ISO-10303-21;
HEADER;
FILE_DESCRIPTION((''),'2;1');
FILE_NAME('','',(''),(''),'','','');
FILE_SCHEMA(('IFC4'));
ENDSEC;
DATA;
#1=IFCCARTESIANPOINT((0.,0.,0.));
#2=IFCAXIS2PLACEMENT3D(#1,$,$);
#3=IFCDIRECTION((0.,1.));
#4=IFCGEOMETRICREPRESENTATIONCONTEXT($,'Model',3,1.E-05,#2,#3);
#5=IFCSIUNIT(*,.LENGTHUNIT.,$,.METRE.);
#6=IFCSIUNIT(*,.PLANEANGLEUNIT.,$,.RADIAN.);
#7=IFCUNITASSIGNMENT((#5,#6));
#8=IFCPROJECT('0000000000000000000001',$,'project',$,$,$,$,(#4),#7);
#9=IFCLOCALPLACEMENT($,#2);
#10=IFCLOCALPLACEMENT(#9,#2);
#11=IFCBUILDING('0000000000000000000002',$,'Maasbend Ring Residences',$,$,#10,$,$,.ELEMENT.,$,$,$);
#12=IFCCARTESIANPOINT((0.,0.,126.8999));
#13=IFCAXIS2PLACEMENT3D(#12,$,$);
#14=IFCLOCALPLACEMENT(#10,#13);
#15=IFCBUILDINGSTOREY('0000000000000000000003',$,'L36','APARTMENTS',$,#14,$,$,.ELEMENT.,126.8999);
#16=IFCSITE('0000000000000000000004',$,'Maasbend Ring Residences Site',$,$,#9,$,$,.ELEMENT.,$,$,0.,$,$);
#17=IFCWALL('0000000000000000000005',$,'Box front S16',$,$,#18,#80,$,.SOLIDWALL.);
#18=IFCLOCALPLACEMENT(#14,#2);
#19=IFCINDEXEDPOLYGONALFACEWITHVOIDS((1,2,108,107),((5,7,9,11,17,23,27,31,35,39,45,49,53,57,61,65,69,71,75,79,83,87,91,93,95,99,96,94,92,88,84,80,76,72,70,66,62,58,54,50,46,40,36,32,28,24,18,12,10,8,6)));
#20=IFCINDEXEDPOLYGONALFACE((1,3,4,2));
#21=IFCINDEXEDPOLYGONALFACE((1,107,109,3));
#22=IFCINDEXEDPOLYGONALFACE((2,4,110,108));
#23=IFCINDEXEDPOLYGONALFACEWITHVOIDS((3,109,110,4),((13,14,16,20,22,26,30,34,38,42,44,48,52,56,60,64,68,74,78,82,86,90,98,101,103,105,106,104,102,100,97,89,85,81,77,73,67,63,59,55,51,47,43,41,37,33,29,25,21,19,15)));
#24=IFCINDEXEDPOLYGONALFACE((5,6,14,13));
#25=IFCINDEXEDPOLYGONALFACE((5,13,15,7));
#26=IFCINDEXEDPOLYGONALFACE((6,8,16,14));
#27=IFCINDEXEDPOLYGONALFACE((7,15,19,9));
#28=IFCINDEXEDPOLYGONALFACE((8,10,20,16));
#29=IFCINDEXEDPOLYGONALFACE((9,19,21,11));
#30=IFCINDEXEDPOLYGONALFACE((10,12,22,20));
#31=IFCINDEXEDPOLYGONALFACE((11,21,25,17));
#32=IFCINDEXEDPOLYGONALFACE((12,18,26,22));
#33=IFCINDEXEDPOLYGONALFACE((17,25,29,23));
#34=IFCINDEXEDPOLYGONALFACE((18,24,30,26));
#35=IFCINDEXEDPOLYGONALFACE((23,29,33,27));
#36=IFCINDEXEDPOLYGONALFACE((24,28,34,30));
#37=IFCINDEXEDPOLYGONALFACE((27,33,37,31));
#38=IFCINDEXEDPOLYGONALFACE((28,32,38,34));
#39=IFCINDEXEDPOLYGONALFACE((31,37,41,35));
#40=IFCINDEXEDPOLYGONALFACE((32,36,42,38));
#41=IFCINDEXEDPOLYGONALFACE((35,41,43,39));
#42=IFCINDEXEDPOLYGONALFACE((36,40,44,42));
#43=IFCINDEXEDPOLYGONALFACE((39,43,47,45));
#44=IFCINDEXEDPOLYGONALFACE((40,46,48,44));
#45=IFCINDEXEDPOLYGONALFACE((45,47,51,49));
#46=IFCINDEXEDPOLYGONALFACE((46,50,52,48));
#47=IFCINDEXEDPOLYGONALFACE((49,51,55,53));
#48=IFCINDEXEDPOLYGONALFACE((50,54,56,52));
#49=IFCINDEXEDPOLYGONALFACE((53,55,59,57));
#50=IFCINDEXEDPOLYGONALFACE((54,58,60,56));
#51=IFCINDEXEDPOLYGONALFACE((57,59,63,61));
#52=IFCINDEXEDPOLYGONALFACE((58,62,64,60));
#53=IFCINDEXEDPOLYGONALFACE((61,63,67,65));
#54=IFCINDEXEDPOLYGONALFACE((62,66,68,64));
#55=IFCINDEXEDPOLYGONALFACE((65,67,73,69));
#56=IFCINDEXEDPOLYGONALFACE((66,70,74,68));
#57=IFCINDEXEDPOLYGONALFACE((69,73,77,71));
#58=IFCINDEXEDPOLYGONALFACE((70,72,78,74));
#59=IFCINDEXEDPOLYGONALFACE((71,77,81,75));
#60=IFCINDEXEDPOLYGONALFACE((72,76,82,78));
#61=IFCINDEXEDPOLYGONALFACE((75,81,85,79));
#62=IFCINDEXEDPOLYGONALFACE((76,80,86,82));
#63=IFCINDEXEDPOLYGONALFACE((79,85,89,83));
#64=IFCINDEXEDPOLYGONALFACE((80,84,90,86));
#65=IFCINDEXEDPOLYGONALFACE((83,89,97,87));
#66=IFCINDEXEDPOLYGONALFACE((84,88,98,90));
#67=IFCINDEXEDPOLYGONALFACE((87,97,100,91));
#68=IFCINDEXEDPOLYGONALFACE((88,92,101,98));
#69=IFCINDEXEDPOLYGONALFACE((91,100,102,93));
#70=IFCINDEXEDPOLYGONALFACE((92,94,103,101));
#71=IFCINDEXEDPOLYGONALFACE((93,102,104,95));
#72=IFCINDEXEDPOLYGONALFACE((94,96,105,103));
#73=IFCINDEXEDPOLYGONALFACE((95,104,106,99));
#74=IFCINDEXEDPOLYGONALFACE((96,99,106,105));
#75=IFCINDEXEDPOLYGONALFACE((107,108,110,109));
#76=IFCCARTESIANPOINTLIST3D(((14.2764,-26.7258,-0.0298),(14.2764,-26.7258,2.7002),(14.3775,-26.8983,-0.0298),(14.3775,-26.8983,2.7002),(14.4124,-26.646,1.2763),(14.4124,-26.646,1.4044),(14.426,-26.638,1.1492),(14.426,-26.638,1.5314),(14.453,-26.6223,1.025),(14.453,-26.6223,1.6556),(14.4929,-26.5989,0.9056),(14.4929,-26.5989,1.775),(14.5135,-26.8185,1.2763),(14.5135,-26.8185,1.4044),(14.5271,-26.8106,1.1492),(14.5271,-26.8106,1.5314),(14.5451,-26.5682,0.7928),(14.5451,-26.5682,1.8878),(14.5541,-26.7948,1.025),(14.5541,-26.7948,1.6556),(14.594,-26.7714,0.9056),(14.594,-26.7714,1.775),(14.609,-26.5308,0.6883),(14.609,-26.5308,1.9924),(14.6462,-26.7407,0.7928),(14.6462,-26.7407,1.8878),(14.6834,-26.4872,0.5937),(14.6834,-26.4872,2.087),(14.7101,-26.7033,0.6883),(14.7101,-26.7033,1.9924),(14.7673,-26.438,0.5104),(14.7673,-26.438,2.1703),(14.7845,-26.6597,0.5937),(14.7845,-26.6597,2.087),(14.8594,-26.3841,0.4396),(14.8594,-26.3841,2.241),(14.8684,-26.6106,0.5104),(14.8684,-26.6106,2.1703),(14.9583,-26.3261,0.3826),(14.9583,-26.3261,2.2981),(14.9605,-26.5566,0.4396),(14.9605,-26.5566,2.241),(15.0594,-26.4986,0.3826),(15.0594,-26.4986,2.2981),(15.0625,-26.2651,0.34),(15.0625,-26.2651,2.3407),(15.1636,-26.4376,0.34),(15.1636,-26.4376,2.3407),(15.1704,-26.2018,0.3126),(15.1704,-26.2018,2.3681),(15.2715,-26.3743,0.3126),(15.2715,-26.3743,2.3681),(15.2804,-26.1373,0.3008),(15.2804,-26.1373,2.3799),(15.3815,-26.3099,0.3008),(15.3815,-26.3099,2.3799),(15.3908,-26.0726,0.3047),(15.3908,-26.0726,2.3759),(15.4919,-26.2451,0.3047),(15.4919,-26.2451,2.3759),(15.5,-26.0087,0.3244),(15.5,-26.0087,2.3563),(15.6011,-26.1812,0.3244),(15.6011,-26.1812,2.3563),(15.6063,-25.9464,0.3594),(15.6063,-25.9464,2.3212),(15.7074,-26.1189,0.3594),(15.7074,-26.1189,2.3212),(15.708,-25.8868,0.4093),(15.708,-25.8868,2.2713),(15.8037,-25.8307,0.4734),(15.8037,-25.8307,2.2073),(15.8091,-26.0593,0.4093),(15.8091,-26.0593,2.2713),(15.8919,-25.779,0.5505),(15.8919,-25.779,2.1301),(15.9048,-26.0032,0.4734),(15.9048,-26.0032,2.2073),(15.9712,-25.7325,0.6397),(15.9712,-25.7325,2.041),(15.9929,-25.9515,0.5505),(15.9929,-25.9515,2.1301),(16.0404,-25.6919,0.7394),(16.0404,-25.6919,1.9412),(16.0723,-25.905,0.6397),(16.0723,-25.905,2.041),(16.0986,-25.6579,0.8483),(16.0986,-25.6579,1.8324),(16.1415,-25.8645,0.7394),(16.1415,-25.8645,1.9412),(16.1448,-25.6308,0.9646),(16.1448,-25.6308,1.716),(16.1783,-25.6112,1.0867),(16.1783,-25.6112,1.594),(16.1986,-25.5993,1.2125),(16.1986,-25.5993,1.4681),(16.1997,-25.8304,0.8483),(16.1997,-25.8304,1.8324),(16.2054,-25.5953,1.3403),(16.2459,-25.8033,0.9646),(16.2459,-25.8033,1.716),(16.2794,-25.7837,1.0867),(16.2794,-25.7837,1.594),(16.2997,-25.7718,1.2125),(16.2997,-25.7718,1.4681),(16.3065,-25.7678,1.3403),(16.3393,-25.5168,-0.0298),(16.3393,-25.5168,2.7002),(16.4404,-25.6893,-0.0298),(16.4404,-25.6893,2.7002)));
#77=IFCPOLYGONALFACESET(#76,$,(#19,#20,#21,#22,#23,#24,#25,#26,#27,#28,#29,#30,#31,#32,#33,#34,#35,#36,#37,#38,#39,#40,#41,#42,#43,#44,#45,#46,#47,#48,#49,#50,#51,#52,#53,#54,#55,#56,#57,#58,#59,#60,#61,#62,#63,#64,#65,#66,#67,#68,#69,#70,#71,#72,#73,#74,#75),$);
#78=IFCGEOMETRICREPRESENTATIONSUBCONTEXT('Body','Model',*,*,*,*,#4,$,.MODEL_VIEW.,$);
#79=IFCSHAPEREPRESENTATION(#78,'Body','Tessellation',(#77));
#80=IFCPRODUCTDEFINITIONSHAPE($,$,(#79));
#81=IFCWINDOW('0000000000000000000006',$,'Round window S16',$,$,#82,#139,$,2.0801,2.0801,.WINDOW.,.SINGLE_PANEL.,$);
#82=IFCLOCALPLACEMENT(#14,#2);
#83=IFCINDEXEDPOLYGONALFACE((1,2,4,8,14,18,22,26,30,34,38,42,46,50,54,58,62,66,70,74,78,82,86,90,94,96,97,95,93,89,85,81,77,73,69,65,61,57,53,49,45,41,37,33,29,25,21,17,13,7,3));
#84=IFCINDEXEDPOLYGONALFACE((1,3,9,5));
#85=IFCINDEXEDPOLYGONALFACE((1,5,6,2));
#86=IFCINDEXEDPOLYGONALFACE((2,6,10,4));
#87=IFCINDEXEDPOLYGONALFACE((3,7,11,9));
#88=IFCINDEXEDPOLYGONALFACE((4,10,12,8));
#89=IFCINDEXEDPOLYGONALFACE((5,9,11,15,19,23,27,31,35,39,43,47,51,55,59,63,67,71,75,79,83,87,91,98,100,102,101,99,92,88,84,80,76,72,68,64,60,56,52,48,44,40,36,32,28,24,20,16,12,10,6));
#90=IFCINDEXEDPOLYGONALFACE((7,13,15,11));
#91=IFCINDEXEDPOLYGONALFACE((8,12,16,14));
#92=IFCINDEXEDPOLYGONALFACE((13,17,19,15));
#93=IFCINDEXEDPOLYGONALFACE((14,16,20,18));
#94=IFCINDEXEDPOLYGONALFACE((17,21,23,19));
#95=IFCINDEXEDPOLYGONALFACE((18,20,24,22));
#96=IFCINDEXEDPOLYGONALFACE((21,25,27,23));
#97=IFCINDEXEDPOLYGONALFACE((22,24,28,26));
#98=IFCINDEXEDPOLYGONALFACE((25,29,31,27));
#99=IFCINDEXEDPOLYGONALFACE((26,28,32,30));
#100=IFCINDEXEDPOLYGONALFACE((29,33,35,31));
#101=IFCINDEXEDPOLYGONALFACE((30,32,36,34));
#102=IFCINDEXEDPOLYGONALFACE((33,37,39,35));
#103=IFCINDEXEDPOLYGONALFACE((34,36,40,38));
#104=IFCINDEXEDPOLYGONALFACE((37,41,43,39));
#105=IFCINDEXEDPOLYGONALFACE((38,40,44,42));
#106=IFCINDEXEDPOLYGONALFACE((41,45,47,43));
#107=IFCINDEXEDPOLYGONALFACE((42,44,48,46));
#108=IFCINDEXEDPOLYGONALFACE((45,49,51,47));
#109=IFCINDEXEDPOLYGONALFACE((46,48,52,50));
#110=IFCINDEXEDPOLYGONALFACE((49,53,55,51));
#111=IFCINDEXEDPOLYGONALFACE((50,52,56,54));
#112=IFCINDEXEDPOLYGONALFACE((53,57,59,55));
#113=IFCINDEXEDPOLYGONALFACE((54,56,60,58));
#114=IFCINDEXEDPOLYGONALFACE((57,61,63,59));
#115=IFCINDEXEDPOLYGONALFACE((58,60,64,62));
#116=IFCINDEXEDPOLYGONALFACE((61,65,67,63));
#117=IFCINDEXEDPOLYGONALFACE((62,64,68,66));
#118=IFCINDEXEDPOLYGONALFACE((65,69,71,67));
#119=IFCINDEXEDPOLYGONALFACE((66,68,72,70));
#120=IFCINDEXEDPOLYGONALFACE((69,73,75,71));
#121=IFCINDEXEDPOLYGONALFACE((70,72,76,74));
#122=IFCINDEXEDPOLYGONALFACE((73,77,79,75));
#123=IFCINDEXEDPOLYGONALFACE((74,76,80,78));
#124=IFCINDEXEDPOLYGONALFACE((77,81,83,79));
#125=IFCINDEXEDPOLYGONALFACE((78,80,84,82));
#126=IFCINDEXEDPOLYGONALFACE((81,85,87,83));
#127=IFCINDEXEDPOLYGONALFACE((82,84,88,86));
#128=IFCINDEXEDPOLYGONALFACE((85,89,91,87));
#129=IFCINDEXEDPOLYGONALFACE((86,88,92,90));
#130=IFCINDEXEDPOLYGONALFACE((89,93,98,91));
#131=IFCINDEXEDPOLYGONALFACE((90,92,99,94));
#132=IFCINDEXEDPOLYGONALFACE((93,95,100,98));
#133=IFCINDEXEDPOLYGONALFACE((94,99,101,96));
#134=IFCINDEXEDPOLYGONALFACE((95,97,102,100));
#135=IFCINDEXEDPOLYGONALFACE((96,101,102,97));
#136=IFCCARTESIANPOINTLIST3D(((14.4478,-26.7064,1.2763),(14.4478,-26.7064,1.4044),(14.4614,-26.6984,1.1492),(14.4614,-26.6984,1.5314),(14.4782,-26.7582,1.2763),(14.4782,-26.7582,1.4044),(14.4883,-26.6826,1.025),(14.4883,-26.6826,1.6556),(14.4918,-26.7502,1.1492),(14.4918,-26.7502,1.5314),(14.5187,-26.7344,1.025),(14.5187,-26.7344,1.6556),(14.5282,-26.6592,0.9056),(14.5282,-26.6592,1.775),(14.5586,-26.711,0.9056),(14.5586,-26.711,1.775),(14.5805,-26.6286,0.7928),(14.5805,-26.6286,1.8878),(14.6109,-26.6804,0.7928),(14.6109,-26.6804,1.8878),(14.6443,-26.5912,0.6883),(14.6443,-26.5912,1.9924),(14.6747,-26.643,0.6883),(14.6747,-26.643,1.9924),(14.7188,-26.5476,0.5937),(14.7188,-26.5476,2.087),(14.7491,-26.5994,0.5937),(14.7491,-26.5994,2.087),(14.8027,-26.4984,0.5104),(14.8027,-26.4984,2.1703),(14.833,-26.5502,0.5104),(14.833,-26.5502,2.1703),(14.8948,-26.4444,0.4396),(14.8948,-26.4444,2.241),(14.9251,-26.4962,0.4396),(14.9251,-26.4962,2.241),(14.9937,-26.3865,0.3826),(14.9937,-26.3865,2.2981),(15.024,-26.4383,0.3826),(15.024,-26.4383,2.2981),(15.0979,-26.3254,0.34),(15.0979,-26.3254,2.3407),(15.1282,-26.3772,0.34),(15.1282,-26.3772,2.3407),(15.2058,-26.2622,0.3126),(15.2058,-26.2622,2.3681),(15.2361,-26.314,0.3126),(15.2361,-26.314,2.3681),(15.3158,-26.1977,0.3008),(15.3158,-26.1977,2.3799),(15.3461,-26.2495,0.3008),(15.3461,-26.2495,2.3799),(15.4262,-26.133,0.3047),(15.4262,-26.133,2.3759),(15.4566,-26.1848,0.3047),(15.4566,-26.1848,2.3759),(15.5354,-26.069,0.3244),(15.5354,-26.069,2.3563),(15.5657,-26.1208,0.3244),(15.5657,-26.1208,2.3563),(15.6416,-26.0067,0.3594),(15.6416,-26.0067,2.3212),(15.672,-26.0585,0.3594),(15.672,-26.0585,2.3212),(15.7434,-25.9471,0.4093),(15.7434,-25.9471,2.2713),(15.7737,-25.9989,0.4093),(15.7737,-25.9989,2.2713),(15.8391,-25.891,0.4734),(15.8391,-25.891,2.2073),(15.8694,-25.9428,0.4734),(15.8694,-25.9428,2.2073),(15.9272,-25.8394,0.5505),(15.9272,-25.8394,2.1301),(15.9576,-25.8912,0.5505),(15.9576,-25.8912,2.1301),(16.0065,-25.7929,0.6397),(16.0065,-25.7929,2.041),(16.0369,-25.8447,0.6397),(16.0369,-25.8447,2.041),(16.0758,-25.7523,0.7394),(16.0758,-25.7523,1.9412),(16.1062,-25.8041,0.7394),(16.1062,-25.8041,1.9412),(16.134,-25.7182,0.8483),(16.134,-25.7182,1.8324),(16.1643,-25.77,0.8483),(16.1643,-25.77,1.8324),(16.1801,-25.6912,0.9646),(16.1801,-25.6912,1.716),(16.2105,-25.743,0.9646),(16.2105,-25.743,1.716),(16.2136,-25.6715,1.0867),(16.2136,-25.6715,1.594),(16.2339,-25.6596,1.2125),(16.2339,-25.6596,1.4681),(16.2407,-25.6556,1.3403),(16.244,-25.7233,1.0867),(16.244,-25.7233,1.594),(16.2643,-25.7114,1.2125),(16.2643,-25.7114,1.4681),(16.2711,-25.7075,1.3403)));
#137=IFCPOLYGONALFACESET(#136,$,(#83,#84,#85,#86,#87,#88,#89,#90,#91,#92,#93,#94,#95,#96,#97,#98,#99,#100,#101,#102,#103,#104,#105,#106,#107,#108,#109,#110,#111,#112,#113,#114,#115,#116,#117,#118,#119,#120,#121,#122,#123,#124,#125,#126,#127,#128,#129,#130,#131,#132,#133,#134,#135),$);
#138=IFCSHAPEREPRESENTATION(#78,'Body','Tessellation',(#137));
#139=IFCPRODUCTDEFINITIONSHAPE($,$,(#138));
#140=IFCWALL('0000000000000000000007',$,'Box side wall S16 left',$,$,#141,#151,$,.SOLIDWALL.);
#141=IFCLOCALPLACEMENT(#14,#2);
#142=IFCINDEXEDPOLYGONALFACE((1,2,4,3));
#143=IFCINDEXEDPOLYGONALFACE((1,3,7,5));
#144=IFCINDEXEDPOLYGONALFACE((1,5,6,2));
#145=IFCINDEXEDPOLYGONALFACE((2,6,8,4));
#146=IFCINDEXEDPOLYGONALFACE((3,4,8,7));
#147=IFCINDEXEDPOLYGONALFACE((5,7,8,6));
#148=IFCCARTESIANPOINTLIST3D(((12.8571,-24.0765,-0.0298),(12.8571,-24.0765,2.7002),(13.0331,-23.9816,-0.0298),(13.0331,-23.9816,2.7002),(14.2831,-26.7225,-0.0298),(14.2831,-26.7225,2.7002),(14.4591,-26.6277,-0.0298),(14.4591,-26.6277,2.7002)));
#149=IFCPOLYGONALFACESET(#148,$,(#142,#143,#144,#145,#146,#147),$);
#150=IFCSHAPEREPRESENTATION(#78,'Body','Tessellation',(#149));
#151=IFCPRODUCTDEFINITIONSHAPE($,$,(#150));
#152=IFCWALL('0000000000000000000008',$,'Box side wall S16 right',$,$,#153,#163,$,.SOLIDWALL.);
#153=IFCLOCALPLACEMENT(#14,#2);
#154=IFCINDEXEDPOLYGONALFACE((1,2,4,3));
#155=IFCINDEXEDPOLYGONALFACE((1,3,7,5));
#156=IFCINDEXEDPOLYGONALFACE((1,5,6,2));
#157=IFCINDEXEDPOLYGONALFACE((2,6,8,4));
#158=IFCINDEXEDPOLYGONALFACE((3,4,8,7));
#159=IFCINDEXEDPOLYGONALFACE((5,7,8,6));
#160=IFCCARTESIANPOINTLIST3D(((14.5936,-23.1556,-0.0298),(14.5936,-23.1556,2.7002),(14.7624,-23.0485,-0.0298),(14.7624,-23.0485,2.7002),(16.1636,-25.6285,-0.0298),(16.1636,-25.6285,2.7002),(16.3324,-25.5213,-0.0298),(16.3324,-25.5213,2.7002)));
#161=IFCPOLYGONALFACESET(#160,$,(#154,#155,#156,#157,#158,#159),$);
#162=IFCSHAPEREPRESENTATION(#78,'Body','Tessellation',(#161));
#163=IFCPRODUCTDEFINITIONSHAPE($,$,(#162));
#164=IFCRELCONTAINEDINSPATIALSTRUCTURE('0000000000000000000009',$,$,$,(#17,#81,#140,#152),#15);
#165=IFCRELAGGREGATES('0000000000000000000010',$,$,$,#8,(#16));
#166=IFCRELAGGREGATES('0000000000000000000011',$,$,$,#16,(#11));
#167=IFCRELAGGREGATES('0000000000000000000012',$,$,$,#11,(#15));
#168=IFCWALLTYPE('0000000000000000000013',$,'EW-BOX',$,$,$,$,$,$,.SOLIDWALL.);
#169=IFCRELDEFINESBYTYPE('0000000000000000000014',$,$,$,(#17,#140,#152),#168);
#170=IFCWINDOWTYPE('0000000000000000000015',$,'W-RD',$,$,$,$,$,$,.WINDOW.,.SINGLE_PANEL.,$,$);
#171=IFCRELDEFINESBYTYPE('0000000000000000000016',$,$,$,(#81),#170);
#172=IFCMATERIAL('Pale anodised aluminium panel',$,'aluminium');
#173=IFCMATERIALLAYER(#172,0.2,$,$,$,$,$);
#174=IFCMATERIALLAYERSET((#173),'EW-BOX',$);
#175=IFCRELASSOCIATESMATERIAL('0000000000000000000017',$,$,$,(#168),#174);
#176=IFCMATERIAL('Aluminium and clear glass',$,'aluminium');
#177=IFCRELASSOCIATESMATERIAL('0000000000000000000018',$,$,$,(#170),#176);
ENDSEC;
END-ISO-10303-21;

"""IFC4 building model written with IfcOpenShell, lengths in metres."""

from ifc_helpers import new_model, si_unit, direction, frame, frame_2d, origin, place, context, subcontext, project, spatial, rectangle, circle, extrude, material, layer, layer_set, type_object, element, fill, save


model = new_model("IFC4")

# Units and contexts
model_context = context("Model", 3, precision=1e-05, world=origin(), true_north=direction((0.0, 1.0)))
body_context = subcontext(model_context, "Body", "Model", "MODEL_VIEW")
ifc_project = project(units=[si_unit("LENGTHUNIT", "METRE"), si_unit("PLANEANGLEUNIT", "RADIAN")], contexts=[model_context])

# Site, building, storey
site_placement = place(None, origin())
site = spatial("IfcSite", under=ifc_project, at=site_placement, Name="Maasbend Ring Residences Site", CompositionType="ELEMENT", RefElevation=0.0)
building_placement = place(site_placement, origin())
building = spatial("IfcBuilding", under=site, at=building_placement, Name="Maasbend Ring Residences", CompositionType="ELEMENT")
storey_placement = place(building_placement, frame((0.0, 0.0, 126.8999)))
storey = spatial("IfcBuildingStorey", under=building, at=storey_placement, Name="L36", Description="APARTMENTS", CompositionType="ELEMENT", Elevation=126.8999)

# Wall, opening, window
ifc_material_1 = material(Name="Pale anodised aluminium panel", Category="aluminium")
ifc_layer_1 = layer(ifc_material_1, 0.2)
ifc_layer_set_1 = layer_set([ifc_layer_1], Name="EW-BOX")
wall_type_1 = type_object("IfcWallType", Name="EW-BOX", PredefinedType="SOLIDWALL", material=ifc_layer_set_1)
wall_1_placement = place(storey_placement, frame((14.3269, -26.812, -0.0298), z_axis=(0.0, 0.0, 1.0), x_axis=(0.862762, 0.505609, 0.0)))
wall_1 = element("IfcWall", 1, at=wall_1_placement, inside=storey, type_object=wall_type_1, Name="Box front S16", PredefinedType="SOLIDWALL", context=body_context, shape_type="SweptSolid", body=[
    extrude(rectangle(XDim=2.3911, YDim=0.2, at=frame_2d((1.1956, 0.0))), origin(), (0.0, 0.0, 1.0), 2.73),
])
opening_1_placement = place(wall_1_placement, frame((0.1558, 0.0, 0.3301)))
opening_1 = element("IfcOpeningElement", 2, at=opening_1_placement, cuts=wall_1, PredefinedType="OPENING", context=body_context, shape_type="SweptSolid", body=[
    extrude(circle(Radius=1.04, at=frame_2d((1.04, 1.04))), frame((0.0, 0.1099, 0.0), z_axis=(0.0, -1.0, 0.0), x_axis=(1.0, 0.0, 0.0)), (0.0, 0.0, 1.0), 0.22),
])
ifc_material_2 = material(Name="Aluminium and clear glass", Category="aluminium")
window_type_1 = type_object("IfcWindowType", Name="W-RD", PartitioningType="SINGLE_PANEL", PredefinedType="WINDOW", material=ifc_material_2)
window_1_placement = place(opening_1_placement, origin())
window_1 = element("IfcWindow", 3, at=window_1_placement, inside=storey, type_object=window_type_1, Name="Round window S16", OverallHeight=2.0801, OverallWidth=2.0801, PartitioningType="SINGLE_PANEL", PredefinedType="WINDOW", context=body_context, shape_type="SweptSolid", body=[
    extrude(circle(Radius=1.04, at=frame_2d((1.04, 1.04))), frame((0.0, 0.03, 0.0), z_axis=(0.0, -1.0, 0.0), x_axis=(1.0, 0.0, 0.0)), (0.0, 0.0, 1.0), 0.0601),
])
fill(opening_1, window_1)

# Walls
wall_2_placement = place(storey_placement, frame((12.9451, -24.0291, -0.0298), z_axis=(0.0, 0.0, 1.0), x_axis=(0.474424, -0.880296, 0.0)))
element("IfcWall", 4, at=wall_2_placement, inside=storey, type_object=wall_type_1, Name="Box side wall S16 left", PredefinedType="SOLIDWALL", context=body_context, shape_type="SweptSolid", body=[
    extrude(rectangle(XDim=3.0059, YDim=0.2, at=frame_2d((1.5029, 0.0))), origin(), (0.0, 0.0, 1.0), 2.73),
])
wall_3_placement = place(storey_placement, frame((14.678, -23.1021, -0.0298), z_axis=(0.0, 0.0, 1.0), x_axis=(0.536002, -0.844217, 0.0)))
element("IfcWall", 5, at=wall_3_placement, inside=storey, type_object=wall_type_1, Name="Box side wall S16 right", PredefinedType="SOLIDWALL", context=body_context, shape_type="SweptSolid", body=[
    extrude(rectangle(XDim=2.9292, YDim=0.2, at=frame_2d((1.4646, 0.0))), origin(), (0.0, 0.0, 1.0), 2.73),
])

save(model, "model.ifc")
